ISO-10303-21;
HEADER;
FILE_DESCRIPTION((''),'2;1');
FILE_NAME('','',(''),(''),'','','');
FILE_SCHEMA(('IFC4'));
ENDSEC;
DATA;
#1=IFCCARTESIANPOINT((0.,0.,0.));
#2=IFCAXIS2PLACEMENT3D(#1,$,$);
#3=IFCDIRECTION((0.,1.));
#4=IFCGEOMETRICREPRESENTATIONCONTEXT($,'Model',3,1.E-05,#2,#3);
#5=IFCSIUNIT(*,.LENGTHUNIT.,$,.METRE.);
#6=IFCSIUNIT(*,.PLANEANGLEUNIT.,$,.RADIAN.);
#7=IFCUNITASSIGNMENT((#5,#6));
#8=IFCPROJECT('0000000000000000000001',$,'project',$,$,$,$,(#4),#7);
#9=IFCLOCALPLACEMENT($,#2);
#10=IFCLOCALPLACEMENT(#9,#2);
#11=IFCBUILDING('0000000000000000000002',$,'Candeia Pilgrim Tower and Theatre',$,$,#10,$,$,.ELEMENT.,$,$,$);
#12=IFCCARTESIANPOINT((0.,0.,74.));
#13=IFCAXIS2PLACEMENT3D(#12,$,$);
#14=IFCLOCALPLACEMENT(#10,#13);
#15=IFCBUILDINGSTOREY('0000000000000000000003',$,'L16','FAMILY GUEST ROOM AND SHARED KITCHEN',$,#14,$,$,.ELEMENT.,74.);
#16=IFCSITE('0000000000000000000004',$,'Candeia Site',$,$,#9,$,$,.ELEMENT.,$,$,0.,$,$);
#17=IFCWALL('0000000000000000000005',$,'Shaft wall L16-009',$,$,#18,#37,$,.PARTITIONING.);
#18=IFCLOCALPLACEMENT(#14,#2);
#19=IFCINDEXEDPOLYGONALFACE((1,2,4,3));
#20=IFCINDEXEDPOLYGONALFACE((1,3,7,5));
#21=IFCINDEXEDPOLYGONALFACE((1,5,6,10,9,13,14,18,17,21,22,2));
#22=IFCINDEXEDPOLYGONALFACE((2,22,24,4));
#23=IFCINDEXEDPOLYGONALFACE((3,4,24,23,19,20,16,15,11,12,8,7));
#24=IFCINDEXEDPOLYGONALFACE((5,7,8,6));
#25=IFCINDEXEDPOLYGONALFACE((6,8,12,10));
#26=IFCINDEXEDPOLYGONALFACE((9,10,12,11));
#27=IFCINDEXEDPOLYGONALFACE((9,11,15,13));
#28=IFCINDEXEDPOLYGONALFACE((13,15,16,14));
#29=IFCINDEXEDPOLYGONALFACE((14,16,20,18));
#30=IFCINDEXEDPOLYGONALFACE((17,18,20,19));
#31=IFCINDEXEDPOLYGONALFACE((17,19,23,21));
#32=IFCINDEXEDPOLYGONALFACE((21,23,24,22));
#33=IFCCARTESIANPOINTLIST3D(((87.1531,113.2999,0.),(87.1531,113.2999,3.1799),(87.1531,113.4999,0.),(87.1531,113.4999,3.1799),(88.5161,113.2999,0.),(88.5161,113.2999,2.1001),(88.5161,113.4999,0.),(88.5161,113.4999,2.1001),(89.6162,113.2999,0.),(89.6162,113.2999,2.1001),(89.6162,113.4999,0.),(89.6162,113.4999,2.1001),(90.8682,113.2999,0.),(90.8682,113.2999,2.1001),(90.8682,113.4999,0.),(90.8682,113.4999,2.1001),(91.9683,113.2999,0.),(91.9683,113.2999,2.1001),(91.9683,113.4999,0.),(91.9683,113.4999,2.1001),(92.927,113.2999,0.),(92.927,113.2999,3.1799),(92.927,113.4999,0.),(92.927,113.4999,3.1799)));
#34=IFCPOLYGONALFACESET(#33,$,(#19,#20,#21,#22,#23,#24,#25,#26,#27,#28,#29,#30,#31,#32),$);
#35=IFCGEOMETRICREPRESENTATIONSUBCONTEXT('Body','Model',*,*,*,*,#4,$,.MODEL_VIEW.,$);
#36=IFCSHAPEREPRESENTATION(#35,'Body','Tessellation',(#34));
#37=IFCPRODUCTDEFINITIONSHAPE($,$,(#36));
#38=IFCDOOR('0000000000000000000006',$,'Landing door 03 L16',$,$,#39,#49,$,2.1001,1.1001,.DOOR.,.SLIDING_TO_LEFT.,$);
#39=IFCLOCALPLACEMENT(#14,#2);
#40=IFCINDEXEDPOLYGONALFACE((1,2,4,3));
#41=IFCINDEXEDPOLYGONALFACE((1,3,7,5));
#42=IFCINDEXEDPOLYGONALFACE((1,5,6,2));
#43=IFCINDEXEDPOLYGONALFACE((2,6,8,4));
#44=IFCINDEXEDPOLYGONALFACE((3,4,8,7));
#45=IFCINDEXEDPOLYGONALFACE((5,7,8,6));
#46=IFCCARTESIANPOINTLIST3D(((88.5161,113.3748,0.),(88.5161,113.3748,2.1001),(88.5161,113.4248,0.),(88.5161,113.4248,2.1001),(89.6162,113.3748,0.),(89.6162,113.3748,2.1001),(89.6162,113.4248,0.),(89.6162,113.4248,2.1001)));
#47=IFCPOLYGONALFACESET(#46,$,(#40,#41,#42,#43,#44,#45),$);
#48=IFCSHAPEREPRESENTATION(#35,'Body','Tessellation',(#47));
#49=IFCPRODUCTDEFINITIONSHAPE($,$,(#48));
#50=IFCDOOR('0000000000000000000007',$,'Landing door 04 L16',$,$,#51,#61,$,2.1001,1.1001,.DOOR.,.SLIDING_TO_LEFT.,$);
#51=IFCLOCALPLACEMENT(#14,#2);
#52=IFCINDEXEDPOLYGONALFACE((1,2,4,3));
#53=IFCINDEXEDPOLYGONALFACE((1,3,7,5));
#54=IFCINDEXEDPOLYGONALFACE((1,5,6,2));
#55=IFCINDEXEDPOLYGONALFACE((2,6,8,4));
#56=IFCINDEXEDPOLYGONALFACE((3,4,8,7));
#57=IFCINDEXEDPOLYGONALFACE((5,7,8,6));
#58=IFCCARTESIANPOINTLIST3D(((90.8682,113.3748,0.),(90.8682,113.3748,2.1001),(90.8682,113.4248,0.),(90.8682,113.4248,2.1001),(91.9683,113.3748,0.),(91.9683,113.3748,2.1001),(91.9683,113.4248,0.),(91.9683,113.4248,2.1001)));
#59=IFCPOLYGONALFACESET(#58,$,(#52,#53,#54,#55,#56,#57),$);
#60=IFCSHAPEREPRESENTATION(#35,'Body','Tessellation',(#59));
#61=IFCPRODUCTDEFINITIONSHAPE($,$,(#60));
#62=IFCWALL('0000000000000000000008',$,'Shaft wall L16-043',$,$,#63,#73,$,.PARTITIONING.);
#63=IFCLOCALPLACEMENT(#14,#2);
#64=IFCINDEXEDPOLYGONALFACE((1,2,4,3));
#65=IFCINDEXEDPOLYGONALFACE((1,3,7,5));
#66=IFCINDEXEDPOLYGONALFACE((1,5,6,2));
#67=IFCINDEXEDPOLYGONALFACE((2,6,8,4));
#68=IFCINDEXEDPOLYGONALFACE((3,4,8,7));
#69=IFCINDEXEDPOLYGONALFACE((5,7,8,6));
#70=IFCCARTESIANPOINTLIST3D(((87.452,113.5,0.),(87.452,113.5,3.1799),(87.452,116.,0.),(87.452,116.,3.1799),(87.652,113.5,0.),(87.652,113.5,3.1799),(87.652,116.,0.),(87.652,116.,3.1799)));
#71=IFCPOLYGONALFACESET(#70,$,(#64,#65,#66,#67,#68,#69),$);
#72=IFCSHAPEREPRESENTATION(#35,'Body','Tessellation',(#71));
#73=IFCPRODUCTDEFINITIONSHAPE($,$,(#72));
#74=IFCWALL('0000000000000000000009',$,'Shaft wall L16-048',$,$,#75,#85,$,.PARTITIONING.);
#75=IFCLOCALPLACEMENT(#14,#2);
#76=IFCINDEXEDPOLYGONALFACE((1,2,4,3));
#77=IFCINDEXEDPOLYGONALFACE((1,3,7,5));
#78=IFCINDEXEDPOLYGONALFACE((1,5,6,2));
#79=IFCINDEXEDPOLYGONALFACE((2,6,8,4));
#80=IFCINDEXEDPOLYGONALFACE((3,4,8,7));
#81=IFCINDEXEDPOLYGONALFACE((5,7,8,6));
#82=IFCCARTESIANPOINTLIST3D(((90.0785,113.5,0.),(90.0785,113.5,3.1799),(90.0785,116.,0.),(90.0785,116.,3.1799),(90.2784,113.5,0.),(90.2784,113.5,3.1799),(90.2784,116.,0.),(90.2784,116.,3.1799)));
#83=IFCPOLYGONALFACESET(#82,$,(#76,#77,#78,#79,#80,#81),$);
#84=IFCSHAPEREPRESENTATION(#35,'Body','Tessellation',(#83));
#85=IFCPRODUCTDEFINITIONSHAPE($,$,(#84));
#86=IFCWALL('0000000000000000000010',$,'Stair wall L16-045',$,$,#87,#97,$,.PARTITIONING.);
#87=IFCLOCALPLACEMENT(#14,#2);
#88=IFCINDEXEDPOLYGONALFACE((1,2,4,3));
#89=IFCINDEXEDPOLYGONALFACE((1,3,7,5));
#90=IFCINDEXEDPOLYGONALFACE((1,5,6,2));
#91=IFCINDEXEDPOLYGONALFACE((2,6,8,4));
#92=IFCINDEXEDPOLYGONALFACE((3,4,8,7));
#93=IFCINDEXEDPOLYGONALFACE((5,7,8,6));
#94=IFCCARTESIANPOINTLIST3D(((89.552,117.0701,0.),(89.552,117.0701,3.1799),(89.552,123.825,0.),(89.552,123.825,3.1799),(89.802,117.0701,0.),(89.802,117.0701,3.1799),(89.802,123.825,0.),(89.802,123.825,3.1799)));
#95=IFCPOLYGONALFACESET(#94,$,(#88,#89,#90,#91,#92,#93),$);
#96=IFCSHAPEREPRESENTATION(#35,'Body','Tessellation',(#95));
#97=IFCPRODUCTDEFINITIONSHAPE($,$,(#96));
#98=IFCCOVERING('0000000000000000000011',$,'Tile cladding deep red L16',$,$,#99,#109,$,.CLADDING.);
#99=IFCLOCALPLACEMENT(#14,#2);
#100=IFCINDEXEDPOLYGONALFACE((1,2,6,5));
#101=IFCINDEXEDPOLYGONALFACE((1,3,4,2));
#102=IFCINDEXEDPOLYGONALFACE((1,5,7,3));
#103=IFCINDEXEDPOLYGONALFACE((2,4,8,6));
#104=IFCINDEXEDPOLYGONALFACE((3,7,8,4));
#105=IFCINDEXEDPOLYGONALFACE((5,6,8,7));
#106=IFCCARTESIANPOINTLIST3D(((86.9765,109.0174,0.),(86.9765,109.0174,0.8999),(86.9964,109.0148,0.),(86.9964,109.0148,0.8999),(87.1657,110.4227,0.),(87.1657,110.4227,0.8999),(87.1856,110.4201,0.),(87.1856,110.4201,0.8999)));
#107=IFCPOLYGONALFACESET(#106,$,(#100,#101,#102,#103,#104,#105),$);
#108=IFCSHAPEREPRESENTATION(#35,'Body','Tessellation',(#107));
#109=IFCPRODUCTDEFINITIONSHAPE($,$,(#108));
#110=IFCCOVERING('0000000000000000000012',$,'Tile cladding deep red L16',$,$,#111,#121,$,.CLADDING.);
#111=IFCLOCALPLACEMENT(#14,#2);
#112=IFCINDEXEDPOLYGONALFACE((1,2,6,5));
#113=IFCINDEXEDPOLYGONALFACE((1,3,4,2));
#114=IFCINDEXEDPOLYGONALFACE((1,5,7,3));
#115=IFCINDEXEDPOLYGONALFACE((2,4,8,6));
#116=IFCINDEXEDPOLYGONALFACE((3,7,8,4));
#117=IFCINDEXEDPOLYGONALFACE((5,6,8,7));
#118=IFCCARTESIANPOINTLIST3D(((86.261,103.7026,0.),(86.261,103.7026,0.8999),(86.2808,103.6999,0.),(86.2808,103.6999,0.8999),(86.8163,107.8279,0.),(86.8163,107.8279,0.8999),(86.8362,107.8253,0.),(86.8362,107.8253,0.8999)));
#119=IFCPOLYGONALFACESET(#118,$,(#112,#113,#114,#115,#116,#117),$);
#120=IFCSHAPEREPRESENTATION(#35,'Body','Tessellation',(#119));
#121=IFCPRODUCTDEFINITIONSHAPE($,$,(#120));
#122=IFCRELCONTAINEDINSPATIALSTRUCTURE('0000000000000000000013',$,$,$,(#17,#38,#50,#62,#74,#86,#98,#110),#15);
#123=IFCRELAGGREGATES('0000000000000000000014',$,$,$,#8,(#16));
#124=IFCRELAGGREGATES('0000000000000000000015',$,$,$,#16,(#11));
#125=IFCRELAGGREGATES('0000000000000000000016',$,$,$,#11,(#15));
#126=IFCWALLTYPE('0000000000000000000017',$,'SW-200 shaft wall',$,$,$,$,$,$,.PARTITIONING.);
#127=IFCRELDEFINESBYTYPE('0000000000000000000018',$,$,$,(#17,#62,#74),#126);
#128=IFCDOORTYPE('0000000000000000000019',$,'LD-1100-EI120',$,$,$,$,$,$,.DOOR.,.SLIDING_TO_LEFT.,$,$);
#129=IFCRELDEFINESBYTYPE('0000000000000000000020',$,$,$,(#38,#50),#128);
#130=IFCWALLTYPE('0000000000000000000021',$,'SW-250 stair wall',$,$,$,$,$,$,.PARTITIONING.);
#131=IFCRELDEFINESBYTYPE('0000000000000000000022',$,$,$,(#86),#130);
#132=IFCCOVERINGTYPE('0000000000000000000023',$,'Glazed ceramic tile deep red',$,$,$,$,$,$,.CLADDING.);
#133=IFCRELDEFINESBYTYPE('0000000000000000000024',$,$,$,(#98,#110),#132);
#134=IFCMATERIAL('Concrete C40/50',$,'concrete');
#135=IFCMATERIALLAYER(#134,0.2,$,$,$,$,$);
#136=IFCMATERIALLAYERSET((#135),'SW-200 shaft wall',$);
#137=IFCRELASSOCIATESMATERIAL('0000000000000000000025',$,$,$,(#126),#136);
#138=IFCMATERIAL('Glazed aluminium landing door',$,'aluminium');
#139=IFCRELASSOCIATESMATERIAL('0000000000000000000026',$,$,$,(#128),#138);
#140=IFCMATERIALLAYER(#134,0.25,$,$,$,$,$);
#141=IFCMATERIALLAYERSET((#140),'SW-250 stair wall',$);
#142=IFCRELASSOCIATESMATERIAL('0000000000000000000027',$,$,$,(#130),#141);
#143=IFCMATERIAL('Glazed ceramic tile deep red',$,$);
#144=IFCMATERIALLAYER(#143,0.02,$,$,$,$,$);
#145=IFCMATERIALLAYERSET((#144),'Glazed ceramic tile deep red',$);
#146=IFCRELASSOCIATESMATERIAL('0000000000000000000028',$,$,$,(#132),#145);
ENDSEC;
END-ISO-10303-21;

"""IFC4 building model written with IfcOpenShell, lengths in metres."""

from ifc_helpers import new_model, si_unit, direction, frame, frame_2d, origin, origin_2d, place, context, subcontext, project, spatial, rectangle, extrude, material, layer, layer_set, type_object, element, fill, save


model = new_model("IFC4")

# Units and contexts
model_context = context("Model", 3, precision=1e-05, world=origin(), true_north=direction((0.0, 1.0)))
body_context = subcontext(model_context, "Body", "Model", "MODEL_VIEW")
ifc_project = project(units=[si_unit("LENGTHUNIT", "METRE"), si_unit("PLANEANGLEUNIT", "RADIAN")], contexts=[model_context])

# Site, building, storey
site_placement = place(None, origin())
site = spatial("IfcSite", under=ifc_project, at=site_placement, Name="Candeia Site", CompositionType="ELEMENT", RefElevation=0.0)
building_placement = place(site_placement, origin())
building = spatial("IfcBuilding", under=site, at=building_placement, Name="Candeia Pilgrim Tower and Theatre", CompositionType="ELEMENT")
storey_placement = place(building_placement, frame((0.0, 0.0, 74.0)))
storey = spatial("IfcBuildingStorey", under=building, at=storey_placement, Name="L16", Description="FAMILY GUEST ROOM AND SHARED KITCHEN", CompositionType="ELEMENT", Elevation=74.0)

# Wall, openings, doors
ifc_material_1 = material(Name="Concrete C40/50", Category="concrete")
ifc_layer_1 = layer(ifc_material_1, 0.2)
ifc_layer_set_1 = layer_set([ifc_layer_1], Name="SW-200 shaft wall")
wall_type_1 = type_object("IfcWallType", Name="SW-200 shaft wall", PredefinedType="PARTITIONING", material=ifc_layer_set_1)
wall_1_placement = place(storey_placement, frame((87.1531, 113.3999, 0.0), z_axis=(0.0, 0.0, 1.0), x_axis=(1.0, 0.0, 0.0)))
wall_1 = element("IfcWall", 1, at=wall_1_placement, inside=storey, type_object=wall_type_1, Name="Shaft wall L16-009", PredefinedType="PARTITIONING", context=body_context, shape_type="SweptSolid", body=[
    extrude(rectangle(XDim=5.7739, YDim=0.2, at=frame_2d((2.887, 0.0))), origin(), (0.0, 0.0, 1.0), 3.1799),
])
opening_1_placement = place(wall_1_placement, frame((1.363, 0.0, 0.0)))
opening_1 = element("IfcOpeningElement", 2, at=opening_1_placement, cuts=wall_1, PredefinedType="OPENING", context=body_context, shape_type="SweptSolid", body=[
    extrude(rectangle(XDim=1.1001, YDim=2.1001, at=frame_2d((0.55, 1.05))), frame((0.0, 0.1099, 0.0), z_axis=(0.0, -1.0, 0.0), x_axis=(1.0, 0.0, 0.0)), (0.0, 0.0, 1.0), 0.22),
])
opening_2_placement = place(wall_1_placement, frame((3.7151, 0.0, 0.0)))
opening_2 = element("IfcOpeningElement", 3, at=opening_2_placement, cuts=wall_1, PredefinedType="OPENING", context=body_context, shape_type="SweptSolid", body=[
    extrude(rectangle(XDim=1.1001, YDim=2.1001, at=frame_2d((0.55, 1.05))), frame((0.0, 0.1099, 0.0), z_axis=(0.0, -1.0, 0.0), x_axis=(1.0, 0.0, 0.0)), (0.0, 0.0, 1.0), 0.22),
])
ifc_material_2 = material(Name="Glazed aluminium landing door", Category="aluminium")
door_type_1 = type_object("IfcDoorType", Name="LD-1100-EI120", OperationType="SLIDING_TO_LEFT", PredefinedType="DOOR", material=ifc_material_2)
door_1_placement = place(opening_1_placement, origin())
door_1 = element("IfcDoor", 4, at=door_1_placement, inside=storey, type_object=door_type_1, Name="Landing door 03 L16", OperationType="SLIDING_TO_LEFT", OverallHeight=2.1001, OverallWidth=1.1001, PredefinedType="DOOR", context=body_context, shape_type="SweptSolid", body=[
    extrude(rectangle(XDim=1.1001, YDim=2.1001, at=frame_2d((0.55, 1.05))), frame((0.0, 0.0249, 0.0), z_axis=(0.0, -1.0, 0.0), x_axis=(1.0, 0.0, 0.0)), (0.0, 0.0, 1.0), 0.05),
])
fill(opening_1, door_1)
door_2_placement = place(opening_2_placement, origin())
door_2 = element("IfcDoor", 5, at=door_2_placement, inside=storey, type_object=door_type_1, Name="Landing door 04 L16", OperationType="SLIDING_TO_LEFT", OverallHeight=2.1001, OverallWidth=1.1001, PredefinedType="DOOR", context=body_context, shape_type="SweptSolid", body=[
    extrude(rectangle(XDim=1.1001, YDim=2.1001, at=frame_2d((0.55, 1.05))), frame((0.0, 0.0249, 0.0), z_axis=(0.0, -1.0, 0.0), x_axis=(1.0, 0.0, 0.0)), (0.0, 0.0, 1.0), 0.05),
])
fill(opening_2, door_2)

# Walls
for number, where, z_axis, x_axis, name in (
    (6, (87.552, 113.5, 0.0), (0.0, 0.0, 1.0), (0.0, 1.0, 0.0), "Shaft wall L16-043"),
    (7, (90.1785, 113.5, 0.0), (0.0, 0.0, 1.0), (0.0, 1.0, 0.0), "Shaft wall L16-048"),
):
    element("IfcWall", number, at=place(storey_placement, frame(where, z_axis=z_axis, x_axis=x_axis)), inside=storey, type_object=wall_type_1, Name=name, PredefinedType="PARTITIONING", context=body_context, shape_type="SweptSolid", body=[
        extrude(rectangle(XDim=2.5, YDim=0.2, at=frame_2d((1.25, 0.0))), origin(), (0.0, 0.0, 1.0), 3.1799),
    ])
ifc_layer_2 = layer(ifc_material_1, 0.25)
ifc_layer_set_2 = layer_set([ifc_layer_2], Name="SW-250 stair wall")
wall_type_2 = type_object("IfcWallType", Name="SW-250 stair wall", PredefinedType="PARTITIONING", material=ifc_layer_set_2)
wall_2_placement = place(storey_placement, frame((89.677, 117.0701, 0.0), z_axis=(0.0, 0.0, 1.0), x_axis=(0.0, 1.0, 0.0)))
element("IfcWall", 8, at=wall_2_placement, inside=storey, type_object=wall_type_2, Name="Stair wall L16-045", PredefinedType="PARTITIONING", context=body_context, shape_type="SweptSolid", body=[
    extrude(rectangle(XDim=6.7549, YDim=0.25, at=frame_2d((3.3774, 0.0))), origin(), (0.0, 0.0, 1.0), 3.1799),
])

# Coverings
ifc_material_3 = material(Name="Glazed ceramic tile deep red")
ifc_layer_3 = layer(ifc_material_3, 0.02)
ifc_layer_set_3 = layer_set([ifc_layer_3], Name="Glazed ceramic tile deep red")
covering_type = type_object("IfcCoveringType", Name="Glazed ceramic tile deep red", PredefinedType="CLADDING", material=ifc_layer_set_3)
covering_1_placement = place(storey_placement, frame((87.0811, 109.7188, 0.0), z_axis=(0.0, 0.0, 1.0), x_axis=(-0.133412, -0.991061, 0.0)))
element("IfcCovering", 9, at=covering_1_placement, inside=storey, type_object=covering_type, Name="Tile cladding deep red L16", PredefinedType="CLADDING", context=body_context, shape_type="SweptSolid", body=[
    extrude(rectangle(XDim=1.418, YDim=0.02, at=origin_2d()), origin(), (0.0, 0.0, 1.0), 0.8999),
])
covering_2_placement = place(storey_placement, frame((86.5486, 105.7639, 0.0), z_axis=(0.0, 0.0, 1.0), x_axis=(-0.133412, -0.991061, 0.0)))
element("IfcCovering", 10, at=covering_2_placement, inside=storey, type_object=covering_type, Name="Tile cladding deep red L16", PredefinedType="CLADDING", context=body_context, shape_type="SweptSolid", body=[
    extrude(rectangle(XDim=4.1626, YDim=0.02, at=origin_2d()), origin(), (0.0, 0.0, 1.0), 0.8999),
])

save(model, "model.ifc")
